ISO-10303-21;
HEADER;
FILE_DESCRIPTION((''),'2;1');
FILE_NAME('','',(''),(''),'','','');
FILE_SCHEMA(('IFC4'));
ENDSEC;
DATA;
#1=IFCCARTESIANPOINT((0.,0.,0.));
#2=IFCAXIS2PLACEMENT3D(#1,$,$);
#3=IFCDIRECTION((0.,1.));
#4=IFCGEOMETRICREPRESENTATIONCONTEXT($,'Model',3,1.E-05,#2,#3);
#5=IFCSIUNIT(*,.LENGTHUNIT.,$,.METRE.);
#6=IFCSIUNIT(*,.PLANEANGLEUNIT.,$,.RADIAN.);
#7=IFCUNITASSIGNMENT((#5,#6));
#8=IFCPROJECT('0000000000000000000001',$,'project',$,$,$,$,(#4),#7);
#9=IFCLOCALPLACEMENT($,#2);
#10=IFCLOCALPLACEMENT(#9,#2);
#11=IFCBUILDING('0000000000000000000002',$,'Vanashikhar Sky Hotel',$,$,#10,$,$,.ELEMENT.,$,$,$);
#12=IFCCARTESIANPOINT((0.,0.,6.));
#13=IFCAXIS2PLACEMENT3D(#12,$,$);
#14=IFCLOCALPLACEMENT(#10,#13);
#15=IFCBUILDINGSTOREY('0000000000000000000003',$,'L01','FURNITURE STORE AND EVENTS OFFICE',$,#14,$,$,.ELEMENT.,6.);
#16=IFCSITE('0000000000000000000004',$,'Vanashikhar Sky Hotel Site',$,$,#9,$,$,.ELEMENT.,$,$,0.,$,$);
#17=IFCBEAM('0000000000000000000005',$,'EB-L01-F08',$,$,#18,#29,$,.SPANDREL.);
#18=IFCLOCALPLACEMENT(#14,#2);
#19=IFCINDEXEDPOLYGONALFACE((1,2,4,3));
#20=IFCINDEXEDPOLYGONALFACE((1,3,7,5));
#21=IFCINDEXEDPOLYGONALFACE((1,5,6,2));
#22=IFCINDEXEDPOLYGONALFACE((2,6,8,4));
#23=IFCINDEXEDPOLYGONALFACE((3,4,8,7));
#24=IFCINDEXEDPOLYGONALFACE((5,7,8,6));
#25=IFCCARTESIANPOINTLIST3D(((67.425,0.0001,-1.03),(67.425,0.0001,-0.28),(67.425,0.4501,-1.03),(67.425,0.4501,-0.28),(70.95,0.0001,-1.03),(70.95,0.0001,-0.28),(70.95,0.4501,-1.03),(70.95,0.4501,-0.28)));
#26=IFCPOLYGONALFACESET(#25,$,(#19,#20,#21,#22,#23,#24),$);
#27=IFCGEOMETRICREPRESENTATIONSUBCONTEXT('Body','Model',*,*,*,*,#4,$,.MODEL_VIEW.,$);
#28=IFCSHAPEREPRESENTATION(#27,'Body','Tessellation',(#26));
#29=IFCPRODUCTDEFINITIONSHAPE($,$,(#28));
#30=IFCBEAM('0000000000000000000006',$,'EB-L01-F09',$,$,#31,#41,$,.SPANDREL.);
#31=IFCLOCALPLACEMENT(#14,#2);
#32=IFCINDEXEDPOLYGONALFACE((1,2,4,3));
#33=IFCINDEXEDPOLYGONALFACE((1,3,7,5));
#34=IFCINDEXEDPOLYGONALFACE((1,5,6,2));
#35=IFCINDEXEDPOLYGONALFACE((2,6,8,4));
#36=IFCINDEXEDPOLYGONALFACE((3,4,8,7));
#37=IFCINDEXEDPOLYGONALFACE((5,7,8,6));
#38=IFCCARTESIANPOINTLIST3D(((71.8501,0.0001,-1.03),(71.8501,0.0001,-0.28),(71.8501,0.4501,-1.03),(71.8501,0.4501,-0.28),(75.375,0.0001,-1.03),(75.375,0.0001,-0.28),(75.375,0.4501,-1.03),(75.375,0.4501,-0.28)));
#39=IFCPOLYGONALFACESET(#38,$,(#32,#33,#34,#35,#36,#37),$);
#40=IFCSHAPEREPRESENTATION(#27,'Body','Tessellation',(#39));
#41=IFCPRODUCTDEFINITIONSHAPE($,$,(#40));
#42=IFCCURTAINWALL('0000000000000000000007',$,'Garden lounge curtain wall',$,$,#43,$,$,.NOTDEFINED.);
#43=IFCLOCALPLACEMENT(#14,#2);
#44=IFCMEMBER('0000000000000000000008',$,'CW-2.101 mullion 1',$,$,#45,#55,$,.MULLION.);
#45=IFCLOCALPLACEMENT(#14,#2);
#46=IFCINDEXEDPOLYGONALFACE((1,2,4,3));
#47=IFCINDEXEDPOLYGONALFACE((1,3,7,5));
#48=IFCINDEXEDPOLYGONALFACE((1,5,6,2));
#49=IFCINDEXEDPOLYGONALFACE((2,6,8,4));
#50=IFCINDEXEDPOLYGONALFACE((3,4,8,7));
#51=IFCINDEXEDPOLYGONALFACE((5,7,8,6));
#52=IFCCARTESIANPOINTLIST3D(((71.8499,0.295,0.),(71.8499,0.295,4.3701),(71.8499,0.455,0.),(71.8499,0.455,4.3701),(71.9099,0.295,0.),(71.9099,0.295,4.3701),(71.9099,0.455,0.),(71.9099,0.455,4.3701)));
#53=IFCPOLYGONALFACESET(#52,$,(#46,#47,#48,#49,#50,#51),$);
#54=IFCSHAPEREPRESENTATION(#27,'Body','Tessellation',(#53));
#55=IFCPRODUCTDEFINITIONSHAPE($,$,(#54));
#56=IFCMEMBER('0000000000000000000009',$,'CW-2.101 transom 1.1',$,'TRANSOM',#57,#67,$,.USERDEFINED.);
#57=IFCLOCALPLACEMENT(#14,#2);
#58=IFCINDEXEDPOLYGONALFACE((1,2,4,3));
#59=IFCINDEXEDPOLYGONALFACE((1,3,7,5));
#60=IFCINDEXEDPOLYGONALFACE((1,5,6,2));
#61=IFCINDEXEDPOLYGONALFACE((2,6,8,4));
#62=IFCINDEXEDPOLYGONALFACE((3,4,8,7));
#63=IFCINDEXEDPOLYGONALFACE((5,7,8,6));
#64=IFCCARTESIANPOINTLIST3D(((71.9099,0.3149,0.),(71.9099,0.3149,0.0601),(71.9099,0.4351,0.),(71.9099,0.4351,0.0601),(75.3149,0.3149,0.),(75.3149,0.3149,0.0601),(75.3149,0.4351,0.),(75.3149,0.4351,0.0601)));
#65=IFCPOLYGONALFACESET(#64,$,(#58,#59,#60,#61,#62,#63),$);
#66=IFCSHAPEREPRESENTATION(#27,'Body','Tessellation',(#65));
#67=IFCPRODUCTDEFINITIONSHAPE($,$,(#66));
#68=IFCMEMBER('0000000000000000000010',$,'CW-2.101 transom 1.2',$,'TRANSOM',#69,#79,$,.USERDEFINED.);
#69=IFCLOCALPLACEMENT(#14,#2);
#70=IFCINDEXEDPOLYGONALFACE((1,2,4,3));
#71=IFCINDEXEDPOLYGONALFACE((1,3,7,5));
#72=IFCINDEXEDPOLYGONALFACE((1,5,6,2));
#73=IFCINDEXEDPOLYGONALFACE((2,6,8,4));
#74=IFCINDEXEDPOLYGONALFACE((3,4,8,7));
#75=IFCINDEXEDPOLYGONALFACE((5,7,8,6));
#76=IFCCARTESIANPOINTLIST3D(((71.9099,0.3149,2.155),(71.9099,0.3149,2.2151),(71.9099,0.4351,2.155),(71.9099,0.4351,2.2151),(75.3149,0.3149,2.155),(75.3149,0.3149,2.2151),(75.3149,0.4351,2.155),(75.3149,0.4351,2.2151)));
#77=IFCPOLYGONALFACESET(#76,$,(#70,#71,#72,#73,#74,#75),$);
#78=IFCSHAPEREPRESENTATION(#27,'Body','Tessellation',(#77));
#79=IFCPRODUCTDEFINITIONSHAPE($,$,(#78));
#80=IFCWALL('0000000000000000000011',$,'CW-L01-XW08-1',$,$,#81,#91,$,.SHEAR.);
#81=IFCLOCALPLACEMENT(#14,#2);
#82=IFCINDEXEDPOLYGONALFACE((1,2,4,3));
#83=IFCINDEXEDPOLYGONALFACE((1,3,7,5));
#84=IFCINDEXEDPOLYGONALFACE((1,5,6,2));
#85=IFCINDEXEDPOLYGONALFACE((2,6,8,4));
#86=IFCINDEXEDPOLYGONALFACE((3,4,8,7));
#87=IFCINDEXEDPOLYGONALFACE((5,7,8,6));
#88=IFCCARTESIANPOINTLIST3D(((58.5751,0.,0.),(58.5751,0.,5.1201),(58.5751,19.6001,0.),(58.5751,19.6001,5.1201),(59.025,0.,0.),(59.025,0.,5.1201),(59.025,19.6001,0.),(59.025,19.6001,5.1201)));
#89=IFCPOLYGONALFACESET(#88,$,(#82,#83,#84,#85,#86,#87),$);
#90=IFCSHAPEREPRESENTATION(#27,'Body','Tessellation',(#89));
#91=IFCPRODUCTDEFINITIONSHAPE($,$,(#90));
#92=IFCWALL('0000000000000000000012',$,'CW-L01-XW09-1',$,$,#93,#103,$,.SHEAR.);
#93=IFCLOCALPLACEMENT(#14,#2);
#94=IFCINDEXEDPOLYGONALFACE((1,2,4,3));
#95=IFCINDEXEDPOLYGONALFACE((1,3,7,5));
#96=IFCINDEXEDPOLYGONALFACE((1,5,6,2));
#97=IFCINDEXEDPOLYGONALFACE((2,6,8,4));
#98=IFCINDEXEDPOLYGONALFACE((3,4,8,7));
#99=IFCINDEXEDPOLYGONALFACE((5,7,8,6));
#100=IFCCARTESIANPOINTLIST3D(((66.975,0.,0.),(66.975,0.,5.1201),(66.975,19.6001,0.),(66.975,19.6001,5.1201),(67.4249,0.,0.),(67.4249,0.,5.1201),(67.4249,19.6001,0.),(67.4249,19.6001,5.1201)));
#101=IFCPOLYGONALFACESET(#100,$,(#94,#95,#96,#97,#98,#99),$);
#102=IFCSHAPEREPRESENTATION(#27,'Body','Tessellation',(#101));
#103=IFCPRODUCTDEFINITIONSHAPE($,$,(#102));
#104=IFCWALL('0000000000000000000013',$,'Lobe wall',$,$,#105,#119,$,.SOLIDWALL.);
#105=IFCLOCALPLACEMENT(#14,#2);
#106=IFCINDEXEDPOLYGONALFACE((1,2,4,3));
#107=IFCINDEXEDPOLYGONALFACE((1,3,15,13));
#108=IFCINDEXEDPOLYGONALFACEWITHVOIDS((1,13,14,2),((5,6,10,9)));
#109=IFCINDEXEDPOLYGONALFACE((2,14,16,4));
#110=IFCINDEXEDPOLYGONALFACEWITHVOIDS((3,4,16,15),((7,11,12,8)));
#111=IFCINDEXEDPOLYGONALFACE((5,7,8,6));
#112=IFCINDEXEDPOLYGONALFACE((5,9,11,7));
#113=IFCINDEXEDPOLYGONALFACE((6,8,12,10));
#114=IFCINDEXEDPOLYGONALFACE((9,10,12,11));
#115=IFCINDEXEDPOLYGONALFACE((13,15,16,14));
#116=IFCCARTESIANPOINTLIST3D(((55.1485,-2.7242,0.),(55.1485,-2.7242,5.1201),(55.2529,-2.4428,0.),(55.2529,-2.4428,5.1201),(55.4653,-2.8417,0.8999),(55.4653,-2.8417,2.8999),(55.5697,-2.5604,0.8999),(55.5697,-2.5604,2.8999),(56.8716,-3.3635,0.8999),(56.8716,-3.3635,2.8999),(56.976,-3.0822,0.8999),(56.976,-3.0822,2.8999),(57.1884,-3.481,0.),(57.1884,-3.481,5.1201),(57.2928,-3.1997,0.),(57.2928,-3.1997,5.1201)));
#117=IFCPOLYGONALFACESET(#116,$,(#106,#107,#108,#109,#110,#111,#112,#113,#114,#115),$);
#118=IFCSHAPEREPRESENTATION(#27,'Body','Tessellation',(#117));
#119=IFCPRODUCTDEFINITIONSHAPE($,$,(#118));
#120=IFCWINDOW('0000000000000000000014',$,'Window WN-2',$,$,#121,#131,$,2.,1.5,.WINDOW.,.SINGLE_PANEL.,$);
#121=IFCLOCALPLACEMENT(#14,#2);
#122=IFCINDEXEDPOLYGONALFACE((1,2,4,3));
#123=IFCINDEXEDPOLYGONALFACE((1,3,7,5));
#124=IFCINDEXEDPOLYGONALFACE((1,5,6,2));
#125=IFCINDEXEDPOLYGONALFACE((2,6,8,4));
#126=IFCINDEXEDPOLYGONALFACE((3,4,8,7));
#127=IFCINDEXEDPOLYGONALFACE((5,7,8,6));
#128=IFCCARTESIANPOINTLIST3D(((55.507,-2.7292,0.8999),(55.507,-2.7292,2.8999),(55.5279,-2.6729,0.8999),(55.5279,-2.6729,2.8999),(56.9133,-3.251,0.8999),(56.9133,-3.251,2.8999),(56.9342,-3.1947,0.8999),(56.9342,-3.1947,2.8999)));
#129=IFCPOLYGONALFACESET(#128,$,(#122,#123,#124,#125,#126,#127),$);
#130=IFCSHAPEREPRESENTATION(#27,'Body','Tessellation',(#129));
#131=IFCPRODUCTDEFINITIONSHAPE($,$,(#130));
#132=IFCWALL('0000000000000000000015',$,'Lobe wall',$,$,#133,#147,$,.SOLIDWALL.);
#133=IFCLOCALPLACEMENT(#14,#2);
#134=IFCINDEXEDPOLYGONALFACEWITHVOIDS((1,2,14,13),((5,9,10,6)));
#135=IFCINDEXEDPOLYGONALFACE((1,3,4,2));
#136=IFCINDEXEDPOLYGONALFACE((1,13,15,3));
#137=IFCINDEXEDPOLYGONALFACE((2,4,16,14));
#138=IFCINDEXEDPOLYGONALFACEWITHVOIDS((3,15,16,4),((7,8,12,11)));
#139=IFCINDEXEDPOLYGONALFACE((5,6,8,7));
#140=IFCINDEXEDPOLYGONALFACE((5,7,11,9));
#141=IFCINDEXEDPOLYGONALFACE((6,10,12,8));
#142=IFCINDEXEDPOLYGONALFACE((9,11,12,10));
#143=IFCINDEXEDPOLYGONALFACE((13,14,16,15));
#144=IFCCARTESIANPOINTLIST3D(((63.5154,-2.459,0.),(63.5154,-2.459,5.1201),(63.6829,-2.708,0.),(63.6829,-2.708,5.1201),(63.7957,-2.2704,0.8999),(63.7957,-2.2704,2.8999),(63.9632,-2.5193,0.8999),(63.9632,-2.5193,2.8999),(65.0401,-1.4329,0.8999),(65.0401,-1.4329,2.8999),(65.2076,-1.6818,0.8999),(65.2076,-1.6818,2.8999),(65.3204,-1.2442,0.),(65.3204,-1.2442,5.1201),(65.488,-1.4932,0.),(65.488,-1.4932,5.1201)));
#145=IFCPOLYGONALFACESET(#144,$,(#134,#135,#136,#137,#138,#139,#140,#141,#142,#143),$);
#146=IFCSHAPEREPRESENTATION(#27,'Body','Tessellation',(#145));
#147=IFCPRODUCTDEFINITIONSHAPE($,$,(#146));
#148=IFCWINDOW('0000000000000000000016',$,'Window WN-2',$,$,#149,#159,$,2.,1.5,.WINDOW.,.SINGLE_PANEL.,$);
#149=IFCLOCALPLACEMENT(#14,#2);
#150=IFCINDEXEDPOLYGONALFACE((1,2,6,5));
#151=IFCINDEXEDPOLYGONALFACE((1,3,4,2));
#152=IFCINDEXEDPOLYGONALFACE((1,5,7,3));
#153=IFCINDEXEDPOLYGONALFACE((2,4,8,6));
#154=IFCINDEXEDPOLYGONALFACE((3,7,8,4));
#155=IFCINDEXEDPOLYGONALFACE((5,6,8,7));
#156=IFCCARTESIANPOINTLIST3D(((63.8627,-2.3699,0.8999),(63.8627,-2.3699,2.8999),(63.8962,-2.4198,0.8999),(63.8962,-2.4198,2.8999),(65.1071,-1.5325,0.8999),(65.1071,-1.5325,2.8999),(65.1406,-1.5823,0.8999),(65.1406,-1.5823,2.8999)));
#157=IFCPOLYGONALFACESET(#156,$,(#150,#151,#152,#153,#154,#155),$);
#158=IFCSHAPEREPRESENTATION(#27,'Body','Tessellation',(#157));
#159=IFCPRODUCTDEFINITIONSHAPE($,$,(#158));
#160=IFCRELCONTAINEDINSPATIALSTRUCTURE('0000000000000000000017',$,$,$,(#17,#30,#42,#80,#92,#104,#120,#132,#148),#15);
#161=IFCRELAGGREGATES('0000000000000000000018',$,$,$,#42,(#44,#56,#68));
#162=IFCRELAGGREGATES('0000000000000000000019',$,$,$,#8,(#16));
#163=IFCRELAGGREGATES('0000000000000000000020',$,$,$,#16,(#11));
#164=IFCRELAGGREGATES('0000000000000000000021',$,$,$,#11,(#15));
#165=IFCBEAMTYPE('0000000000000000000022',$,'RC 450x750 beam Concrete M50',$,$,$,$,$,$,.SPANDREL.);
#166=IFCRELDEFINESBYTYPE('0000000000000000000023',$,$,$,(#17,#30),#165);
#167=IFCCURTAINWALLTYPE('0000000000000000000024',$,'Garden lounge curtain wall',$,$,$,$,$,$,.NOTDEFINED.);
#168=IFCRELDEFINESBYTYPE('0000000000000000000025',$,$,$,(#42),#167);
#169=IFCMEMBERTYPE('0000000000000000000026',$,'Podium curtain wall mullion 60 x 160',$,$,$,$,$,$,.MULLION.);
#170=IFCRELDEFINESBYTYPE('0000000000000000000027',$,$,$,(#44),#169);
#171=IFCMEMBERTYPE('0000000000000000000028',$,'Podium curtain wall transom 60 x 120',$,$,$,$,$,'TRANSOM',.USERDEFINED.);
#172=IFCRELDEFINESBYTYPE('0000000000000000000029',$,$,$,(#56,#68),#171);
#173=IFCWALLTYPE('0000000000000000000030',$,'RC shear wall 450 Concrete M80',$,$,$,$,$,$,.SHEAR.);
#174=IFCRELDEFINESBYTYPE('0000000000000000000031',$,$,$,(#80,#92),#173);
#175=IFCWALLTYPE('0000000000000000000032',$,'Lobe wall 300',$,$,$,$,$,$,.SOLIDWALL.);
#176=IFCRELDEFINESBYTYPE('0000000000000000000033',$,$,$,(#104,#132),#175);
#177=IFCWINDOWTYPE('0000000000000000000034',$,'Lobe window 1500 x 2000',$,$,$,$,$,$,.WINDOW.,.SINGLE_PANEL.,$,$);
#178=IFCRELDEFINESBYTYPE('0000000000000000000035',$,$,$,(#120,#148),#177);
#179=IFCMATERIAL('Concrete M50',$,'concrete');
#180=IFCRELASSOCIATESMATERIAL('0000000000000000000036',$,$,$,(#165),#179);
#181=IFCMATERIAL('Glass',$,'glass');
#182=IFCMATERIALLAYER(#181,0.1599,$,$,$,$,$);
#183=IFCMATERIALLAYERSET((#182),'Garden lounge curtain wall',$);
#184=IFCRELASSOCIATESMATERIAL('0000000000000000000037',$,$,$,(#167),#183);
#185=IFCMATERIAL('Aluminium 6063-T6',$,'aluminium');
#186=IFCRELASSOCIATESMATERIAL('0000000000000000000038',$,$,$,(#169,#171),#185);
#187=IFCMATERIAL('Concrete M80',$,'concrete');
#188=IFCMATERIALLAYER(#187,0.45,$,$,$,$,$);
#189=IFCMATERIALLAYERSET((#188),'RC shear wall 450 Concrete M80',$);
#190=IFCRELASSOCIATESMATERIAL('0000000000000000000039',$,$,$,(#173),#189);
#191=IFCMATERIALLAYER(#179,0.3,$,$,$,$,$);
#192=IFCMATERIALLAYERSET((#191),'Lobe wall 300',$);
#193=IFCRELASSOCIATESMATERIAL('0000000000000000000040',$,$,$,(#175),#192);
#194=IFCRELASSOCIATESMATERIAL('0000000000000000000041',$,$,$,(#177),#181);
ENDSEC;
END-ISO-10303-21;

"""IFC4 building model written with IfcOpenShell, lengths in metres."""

from ifc_helpers import new_model, si_unit, direction, frame, frame_2d, origin, origin_2d, place, context, subcontext, project, spatial, rectangle, extrude, source, transform, mapped, material, layer, layer_set, material_profile, profile_set, type_object, element, fill, aggregate, save


model = new_model("IFC4")

# Units and contexts
model_context = context("Model", 3, precision=1e-05, world=origin(), true_north=direction((0.0, 1.0)))
body_context = subcontext(model_context, "Body", "Model", "MODEL_VIEW")
ifc_project = project(units=[si_unit("LENGTHUNIT", "METRE"), si_unit("PLANEANGLEUNIT", "RADIAN")], contexts=[model_context])

# Site, building, storey
site_placement = place(None, origin())
site = spatial("IfcSite", under=ifc_project, at=site_placement, Name="Vanashikhar Sky Hotel Site", CompositionType="ELEMENT", RefElevation=0.0)
building_placement = place(site_placement, origin())
building = spatial("IfcBuilding", under=site, at=building_placement, Name="Vanashikhar Sky Hotel", CompositionType="ELEMENT")
storey_placement = place(building_placement, frame((0.0, 0.0, 6.0)))
storey = spatial("IfcBuildingStorey", under=building, at=storey_placement, Name="L01", Description="FURNITURE STORE AND EVENTS OFFICE", CompositionType="ELEMENT", Elevation=6.0)

# Beams
ifc_material_1 = material(Name="Concrete M50", Category="concrete")
ifc_material_profile_1 = material_profile(ifc_material_1, rectangle(XDim=0.45, YDim=0.75, at=origin_2d()))
ifc_profile_set_1 = profile_set([ifc_material_profile_1], Name="RC 450x750 beam Concrete M50")
beam_type = type_object("IfcBeamType", Name="RC 450x750 beam Concrete M50", PredefinedType="SPANDREL", material=ifc_profile_set_1)
shared_shape_1 = source(origin(), body_context, "Body", "SweptSolid", [
    extrude(rectangle(XDim=0.45, YDim=0.75, at=origin_2d()), origin(), (0.0, 0.0, 1.0), 3.5249),
])
for number, where, z_axis, x_axis, name in (
    (1, (67.425, 0.2251, -0.655), (1.0, 0.0, 0.0), (0.0, 1.0, 0.0), "EB-L01-F08"),
    (2, (71.8501, 0.2251, -0.655), (1.0, 0.0, 0.0), (0.0, 1.0, 0.0), "EB-L01-F09"),
):
    element("IfcBeam", number, at=place(storey_placement, frame(where, z_axis=z_axis, x_axis=x_axis)), inside=storey, type_object=beam_type, Name=name, PredefinedType="SPANDREL", context=body_context, shape_type="MappedRepresentation", body=[
        mapped(shared_shape_1, transform((0.0, 0.0, 0.0), scale=1.0)),
    ])

# Curtain wall, members
ifc_material_2 = material(Name="Glass", Category="glass")
ifc_layer_1 = layer(ifc_material_2, 0.1599)
ifc_layer_set_1 = layer_set([ifc_layer_1], Name="Garden lounge curtain wall")
curtain_wall_type = type_object("IfcCurtainWallType", Name="Garden lounge curtain wall", PredefinedType="NOTDEFINED", material=ifc_layer_set_1)
curtain_wall_placement = place(storey_placement, origin())
curtain_wall = element("IfcCurtainWall", 3, at=curtain_wall_placement, inside=storey, type_object=curtain_wall_type, Name="Garden lounge curtain wall", PredefinedType="NOTDEFINED")
ifc_material_3 = material(Name="Aluminium 6063-T6", Category="aluminium")
ifc_material_profile_2 = material_profile(ifc_material_3, rectangle(XDim=0.1599, YDim=0.0601, at=origin_2d()))
ifc_profile_set_2 = profile_set([ifc_material_profile_2], Name="Aluminium 6063-T6")
member_type_1 = type_object("IfcMemberType", Name="Podium curtain wall mullion 60 x 160", PredefinedType="MULLION", material=ifc_profile_set_2)
shared_shape_2 = source(origin(), body_context, "Body", "SweptSolid", [
    extrude(rectangle(XDim=0.1599, YDim=0.0601, at=origin_2d()), origin(), (0.0, 0.0, 1.0), 4.3701),
])
member_1_placement = place(storey_placement, frame((71.8799, 0.375, 0.0), z_axis=(0.0, 0.0, 1.0), x_axis=(0.0, 1.0, 0.0)))
member_1 = element("IfcMember", 4, at=member_1_placement, type_object=member_type_1, Name="CW-2.101 mullion 1", PredefinedType="MULLION", context=body_context, shape_type="MappedRepresentation", body=[
    mapped(shared_shape_2, transform((0.0, 0.0, 0.0), scale=1.0)),
])
ifc_material_profile_3 = material_profile(ifc_material_3, rectangle(XDim=0.1201, YDim=0.0601, at=origin_2d()))
ifc_profile_set_3 = profile_set([ifc_material_profile_3], Name="Aluminium 6063-T6")
member_type_2 = type_object("IfcMemberType", Name="Podium curtain wall transom 60 x 120", ElementType="TRANSOM", PredefinedType="USERDEFINED", material=ifc_profile_set_3)
shared_shape_3 = source(origin(), body_context, "Body", "SweptSolid", [
    extrude(rectangle(XDim=0.1201, YDim=0.0601, at=origin_2d()), origin(), (0.0, 0.0, 1.0), 3.405),
])
member_2_placement = place(storey_placement, frame((71.9099, 0.375, 0.03), z_axis=(1.0, 0.0, 0.0), x_axis=(0.0, 1.0, 0.0)))
member_2 = element("IfcMember", 5, at=member_2_placement, type_object=member_type_2, Name="CW-2.101 transom 1.1", ObjectType="TRANSOM", PredefinedType="USERDEFINED", context=body_context, shape_type="MappedRepresentation", body=[
    mapped(shared_shape_3, transform((0.0, 0.0, 0.0), scale=1.0)),
])
member_3_placement = place(storey_placement, frame((71.9099, 0.375, 2.1851), z_axis=(1.0, 0.0, 0.0), x_axis=(0.0, 1.0, 0.0)))
member_3 = element("IfcMember", 6, at=member_3_placement, type_object=member_type_2, Name="CW-2.101 transom 1.2", ObjectType="TRANSOM", PredefinedType="USERDEFINED", context=body_context, shape_type="MappedRepresentation", body=[
    mapped(shared_shape_3, transform((0.0, 0.0, 0.0), scale=1.0)),
])
aggregate(curtain_wall, [member_1, member_2, member_3])

# Walls
ifc_material_4 = material(Name="Concrete M80", Category="concrete")
ifc_layer_2 = layer(ifc_material_4, 0.45)
ifc_layer_set_2 = layer_set([ifc_layer_2], Name="RC shear wall 450 Concrete M80")
wall_type_1 = type_object("IfcWallType", Name="RC shear wall 450 Concrete M80", PredefinedType="SHEAR", material=ifc_layer_set_2)
shared_shape_4 = source(origin(), body_context, "Body", "SweptSolid", [
    extrude(rectangle(XDim=19.6001, YDim=0.45, at=frame_2d((9.8, 0.0))), origin(), (0.0, 0.0, 1.0), 5.1201),
])
for number, where, z_axis, x_axis, name in (
    (7, (58.8, 0.0, 0.0), (0.0, 0.0, 1.0), (0.0, 1.0, 0.0), "CW-L01-XW08-1"),
    (8, (67.2, 0.0, 0.0), (0.0, 0.0, 1.0), (0.0, 1.0, 0.0), "CW-L01-XW09-1"),
):
    element("IfcWall", number, at=place(storey_placement, frame(where, z_axis=z_axis, x_axis=x_axis)), inside=storey, type_object=wall_type_1, Name=name, PredefinedType="SHEAR", context=body_context, shape_type="MappedRepresentation", body=[
        mapped(shared_shape_4, transform((0.0, 0.0, 0.0), scale=1.0)),
    ])

# Walls, openings, windows
ifc_layer_3 = layer(ifc_material_1, 0.3)
ifc_layer_set_3 = layer_set([ifc_layer_3], Name="Lobe wall 300")
wall_type_2 = type_object("IfcWallType", Name="Lobe wall 300", PredefinedType="SOLIDWALL", material=ifc_layer_set_3)
shared_shape_5 = source(origin(), body_context, "Body", "SweptSolid", [
    extrude(rectangle(XDim=2.1758, YDim=0.3, at=frame_2d((1.0879, 0.0))), origin(), (0.0, 0.0, 1.0), 5.1201),
])
wall_1_placement = place(storey_placement, frame((55.2007, -2.5835, 0.0), z_axis=(0.0, 0.0, 1.0), x_axis=(0.937546, -0.347863, 0.0)))
wall_1 = element("IfcWall", 9, at=wall_1_placement, inside=storey, type_object=wall_type_2, Name="Lobe wall", PredefinedType="SOLIDWALL", context=body_context, shape_type="MappedRepresentation", body=[
    mapped(shared_shape_5, transform((0.0, 0.0, 0.0), scale=1.0)),
])
shared_shape_6 = source(origin(), body_context, "Body", "SweptSolid", [
    extrude(rectangle(XDim=1.5, YDim=2.0, at=frame_2d((0.75, 1.0))), frame((0.0, 0.1602, 0.0), z_axis=(0.0, -1.0, 0.0), x_axis=(1.0, 0.0, 0.0)), (0.0, 0.0, 1.0), 0.3201),
])
opening_1_placement = place(wall_1_placement, frame((0.3379, 0.0, 0.8999)))
opening_1 = element("IfcOpeningElement", 10, at=opening_1_placement, cuts=wall_1, PredefinedType="OPENING", context=body_context, shape_type="MappedRepresentation", body=[
    mapped(shared_shape_6, transform((0.0, 0.0, 0.0), scale=1.0)),
])
window_type = type_object("IfcWindowType", Name="Lobe window 1500 x 2000", PartitioningType="SINGLE_PANEL", PredefinedType="WINDOW", material=ifc_material_2)
shared_shape_7 = source(origin(), body_context, "Body", "SweptSolid", [
    extrude(rectangle(XDim=1.5, YDim=2.0, at=frame_2d((0.75, 1.0))), frame((0.0, 0.03, 0.0), z_axis=(0.0, -1.0, 0.0), x_axis=(1.0, 0.0, 0.0)), (0.0, 0.0, 1.0), 0.0601),
])
window_1_placement = place(opening_1_placement, origin())
window_1 = element("IfcWindow", 11, at=window_1_placement, inside=storey, type_object=window_type, Name="Window WN-2", OverallHeight=2.0, OverallWidth=1.5, PartitioningType="SINGLE_PANEL", PredefinedType="WINDOW", context=body_context, shape_type="MappedRepresentation", body=[
    mapped(shared_shape_7, transform((0.0, 0.0, 0.0), scale=1.0)),
])
fill(opening_1, window_1)
wall_2_placement = place(storey_placement, frame((63.5991, -2.5835, 0.0), z_axis=(0.0, 0.0, 1.0), x_axis=(0.829626, 0.55832, 0.0)))
wall_2 = element("IfcWall", 12, at=wall_2_placement, inside=storey, type_object=wall_type_2, Name="Lobe wall", PredefinedType="SOLIDWALL", context=body_context, shape_type="MappedRepresentation", body=[
    mapped(shared_shape_5, transform((0.0, 0.0, 0.0), scale=1.0)),
])
opening_2_placement = place(wall_2_placement, frame((0.3379, 0.0, 0.8999)))
opening_2 = element("IfcOpeningElement", 13, at=opening_2_placement, cuts=wall_2, PredefinedType="OPENING", context=body_context, shape_type="MappedRepresentation", body=[
    mapped(shared_shape_6, transform((0.0, 0.0, 0.0), scale=1.0)),
])
window_2_placement = place(opening_2_placement, origin())
window_2 = element("IfcWindow", 14, at=window_2_placement, inside=storey, type_object=window_type, Name="Window WN-2", OverallHeight=2.0, OverallWidth=1.5, PartitioningType="SINGLE_PANEL", PredefinedType="WINDOW", context=body_context, shape_type="MappedRepresentation", body=[
    mapped(shared_shape_7, transform((0.0, 0.0, 0.0), scale=1.0)),
])
fill(opening_2, window_2)

save(model, "model.ifc")
